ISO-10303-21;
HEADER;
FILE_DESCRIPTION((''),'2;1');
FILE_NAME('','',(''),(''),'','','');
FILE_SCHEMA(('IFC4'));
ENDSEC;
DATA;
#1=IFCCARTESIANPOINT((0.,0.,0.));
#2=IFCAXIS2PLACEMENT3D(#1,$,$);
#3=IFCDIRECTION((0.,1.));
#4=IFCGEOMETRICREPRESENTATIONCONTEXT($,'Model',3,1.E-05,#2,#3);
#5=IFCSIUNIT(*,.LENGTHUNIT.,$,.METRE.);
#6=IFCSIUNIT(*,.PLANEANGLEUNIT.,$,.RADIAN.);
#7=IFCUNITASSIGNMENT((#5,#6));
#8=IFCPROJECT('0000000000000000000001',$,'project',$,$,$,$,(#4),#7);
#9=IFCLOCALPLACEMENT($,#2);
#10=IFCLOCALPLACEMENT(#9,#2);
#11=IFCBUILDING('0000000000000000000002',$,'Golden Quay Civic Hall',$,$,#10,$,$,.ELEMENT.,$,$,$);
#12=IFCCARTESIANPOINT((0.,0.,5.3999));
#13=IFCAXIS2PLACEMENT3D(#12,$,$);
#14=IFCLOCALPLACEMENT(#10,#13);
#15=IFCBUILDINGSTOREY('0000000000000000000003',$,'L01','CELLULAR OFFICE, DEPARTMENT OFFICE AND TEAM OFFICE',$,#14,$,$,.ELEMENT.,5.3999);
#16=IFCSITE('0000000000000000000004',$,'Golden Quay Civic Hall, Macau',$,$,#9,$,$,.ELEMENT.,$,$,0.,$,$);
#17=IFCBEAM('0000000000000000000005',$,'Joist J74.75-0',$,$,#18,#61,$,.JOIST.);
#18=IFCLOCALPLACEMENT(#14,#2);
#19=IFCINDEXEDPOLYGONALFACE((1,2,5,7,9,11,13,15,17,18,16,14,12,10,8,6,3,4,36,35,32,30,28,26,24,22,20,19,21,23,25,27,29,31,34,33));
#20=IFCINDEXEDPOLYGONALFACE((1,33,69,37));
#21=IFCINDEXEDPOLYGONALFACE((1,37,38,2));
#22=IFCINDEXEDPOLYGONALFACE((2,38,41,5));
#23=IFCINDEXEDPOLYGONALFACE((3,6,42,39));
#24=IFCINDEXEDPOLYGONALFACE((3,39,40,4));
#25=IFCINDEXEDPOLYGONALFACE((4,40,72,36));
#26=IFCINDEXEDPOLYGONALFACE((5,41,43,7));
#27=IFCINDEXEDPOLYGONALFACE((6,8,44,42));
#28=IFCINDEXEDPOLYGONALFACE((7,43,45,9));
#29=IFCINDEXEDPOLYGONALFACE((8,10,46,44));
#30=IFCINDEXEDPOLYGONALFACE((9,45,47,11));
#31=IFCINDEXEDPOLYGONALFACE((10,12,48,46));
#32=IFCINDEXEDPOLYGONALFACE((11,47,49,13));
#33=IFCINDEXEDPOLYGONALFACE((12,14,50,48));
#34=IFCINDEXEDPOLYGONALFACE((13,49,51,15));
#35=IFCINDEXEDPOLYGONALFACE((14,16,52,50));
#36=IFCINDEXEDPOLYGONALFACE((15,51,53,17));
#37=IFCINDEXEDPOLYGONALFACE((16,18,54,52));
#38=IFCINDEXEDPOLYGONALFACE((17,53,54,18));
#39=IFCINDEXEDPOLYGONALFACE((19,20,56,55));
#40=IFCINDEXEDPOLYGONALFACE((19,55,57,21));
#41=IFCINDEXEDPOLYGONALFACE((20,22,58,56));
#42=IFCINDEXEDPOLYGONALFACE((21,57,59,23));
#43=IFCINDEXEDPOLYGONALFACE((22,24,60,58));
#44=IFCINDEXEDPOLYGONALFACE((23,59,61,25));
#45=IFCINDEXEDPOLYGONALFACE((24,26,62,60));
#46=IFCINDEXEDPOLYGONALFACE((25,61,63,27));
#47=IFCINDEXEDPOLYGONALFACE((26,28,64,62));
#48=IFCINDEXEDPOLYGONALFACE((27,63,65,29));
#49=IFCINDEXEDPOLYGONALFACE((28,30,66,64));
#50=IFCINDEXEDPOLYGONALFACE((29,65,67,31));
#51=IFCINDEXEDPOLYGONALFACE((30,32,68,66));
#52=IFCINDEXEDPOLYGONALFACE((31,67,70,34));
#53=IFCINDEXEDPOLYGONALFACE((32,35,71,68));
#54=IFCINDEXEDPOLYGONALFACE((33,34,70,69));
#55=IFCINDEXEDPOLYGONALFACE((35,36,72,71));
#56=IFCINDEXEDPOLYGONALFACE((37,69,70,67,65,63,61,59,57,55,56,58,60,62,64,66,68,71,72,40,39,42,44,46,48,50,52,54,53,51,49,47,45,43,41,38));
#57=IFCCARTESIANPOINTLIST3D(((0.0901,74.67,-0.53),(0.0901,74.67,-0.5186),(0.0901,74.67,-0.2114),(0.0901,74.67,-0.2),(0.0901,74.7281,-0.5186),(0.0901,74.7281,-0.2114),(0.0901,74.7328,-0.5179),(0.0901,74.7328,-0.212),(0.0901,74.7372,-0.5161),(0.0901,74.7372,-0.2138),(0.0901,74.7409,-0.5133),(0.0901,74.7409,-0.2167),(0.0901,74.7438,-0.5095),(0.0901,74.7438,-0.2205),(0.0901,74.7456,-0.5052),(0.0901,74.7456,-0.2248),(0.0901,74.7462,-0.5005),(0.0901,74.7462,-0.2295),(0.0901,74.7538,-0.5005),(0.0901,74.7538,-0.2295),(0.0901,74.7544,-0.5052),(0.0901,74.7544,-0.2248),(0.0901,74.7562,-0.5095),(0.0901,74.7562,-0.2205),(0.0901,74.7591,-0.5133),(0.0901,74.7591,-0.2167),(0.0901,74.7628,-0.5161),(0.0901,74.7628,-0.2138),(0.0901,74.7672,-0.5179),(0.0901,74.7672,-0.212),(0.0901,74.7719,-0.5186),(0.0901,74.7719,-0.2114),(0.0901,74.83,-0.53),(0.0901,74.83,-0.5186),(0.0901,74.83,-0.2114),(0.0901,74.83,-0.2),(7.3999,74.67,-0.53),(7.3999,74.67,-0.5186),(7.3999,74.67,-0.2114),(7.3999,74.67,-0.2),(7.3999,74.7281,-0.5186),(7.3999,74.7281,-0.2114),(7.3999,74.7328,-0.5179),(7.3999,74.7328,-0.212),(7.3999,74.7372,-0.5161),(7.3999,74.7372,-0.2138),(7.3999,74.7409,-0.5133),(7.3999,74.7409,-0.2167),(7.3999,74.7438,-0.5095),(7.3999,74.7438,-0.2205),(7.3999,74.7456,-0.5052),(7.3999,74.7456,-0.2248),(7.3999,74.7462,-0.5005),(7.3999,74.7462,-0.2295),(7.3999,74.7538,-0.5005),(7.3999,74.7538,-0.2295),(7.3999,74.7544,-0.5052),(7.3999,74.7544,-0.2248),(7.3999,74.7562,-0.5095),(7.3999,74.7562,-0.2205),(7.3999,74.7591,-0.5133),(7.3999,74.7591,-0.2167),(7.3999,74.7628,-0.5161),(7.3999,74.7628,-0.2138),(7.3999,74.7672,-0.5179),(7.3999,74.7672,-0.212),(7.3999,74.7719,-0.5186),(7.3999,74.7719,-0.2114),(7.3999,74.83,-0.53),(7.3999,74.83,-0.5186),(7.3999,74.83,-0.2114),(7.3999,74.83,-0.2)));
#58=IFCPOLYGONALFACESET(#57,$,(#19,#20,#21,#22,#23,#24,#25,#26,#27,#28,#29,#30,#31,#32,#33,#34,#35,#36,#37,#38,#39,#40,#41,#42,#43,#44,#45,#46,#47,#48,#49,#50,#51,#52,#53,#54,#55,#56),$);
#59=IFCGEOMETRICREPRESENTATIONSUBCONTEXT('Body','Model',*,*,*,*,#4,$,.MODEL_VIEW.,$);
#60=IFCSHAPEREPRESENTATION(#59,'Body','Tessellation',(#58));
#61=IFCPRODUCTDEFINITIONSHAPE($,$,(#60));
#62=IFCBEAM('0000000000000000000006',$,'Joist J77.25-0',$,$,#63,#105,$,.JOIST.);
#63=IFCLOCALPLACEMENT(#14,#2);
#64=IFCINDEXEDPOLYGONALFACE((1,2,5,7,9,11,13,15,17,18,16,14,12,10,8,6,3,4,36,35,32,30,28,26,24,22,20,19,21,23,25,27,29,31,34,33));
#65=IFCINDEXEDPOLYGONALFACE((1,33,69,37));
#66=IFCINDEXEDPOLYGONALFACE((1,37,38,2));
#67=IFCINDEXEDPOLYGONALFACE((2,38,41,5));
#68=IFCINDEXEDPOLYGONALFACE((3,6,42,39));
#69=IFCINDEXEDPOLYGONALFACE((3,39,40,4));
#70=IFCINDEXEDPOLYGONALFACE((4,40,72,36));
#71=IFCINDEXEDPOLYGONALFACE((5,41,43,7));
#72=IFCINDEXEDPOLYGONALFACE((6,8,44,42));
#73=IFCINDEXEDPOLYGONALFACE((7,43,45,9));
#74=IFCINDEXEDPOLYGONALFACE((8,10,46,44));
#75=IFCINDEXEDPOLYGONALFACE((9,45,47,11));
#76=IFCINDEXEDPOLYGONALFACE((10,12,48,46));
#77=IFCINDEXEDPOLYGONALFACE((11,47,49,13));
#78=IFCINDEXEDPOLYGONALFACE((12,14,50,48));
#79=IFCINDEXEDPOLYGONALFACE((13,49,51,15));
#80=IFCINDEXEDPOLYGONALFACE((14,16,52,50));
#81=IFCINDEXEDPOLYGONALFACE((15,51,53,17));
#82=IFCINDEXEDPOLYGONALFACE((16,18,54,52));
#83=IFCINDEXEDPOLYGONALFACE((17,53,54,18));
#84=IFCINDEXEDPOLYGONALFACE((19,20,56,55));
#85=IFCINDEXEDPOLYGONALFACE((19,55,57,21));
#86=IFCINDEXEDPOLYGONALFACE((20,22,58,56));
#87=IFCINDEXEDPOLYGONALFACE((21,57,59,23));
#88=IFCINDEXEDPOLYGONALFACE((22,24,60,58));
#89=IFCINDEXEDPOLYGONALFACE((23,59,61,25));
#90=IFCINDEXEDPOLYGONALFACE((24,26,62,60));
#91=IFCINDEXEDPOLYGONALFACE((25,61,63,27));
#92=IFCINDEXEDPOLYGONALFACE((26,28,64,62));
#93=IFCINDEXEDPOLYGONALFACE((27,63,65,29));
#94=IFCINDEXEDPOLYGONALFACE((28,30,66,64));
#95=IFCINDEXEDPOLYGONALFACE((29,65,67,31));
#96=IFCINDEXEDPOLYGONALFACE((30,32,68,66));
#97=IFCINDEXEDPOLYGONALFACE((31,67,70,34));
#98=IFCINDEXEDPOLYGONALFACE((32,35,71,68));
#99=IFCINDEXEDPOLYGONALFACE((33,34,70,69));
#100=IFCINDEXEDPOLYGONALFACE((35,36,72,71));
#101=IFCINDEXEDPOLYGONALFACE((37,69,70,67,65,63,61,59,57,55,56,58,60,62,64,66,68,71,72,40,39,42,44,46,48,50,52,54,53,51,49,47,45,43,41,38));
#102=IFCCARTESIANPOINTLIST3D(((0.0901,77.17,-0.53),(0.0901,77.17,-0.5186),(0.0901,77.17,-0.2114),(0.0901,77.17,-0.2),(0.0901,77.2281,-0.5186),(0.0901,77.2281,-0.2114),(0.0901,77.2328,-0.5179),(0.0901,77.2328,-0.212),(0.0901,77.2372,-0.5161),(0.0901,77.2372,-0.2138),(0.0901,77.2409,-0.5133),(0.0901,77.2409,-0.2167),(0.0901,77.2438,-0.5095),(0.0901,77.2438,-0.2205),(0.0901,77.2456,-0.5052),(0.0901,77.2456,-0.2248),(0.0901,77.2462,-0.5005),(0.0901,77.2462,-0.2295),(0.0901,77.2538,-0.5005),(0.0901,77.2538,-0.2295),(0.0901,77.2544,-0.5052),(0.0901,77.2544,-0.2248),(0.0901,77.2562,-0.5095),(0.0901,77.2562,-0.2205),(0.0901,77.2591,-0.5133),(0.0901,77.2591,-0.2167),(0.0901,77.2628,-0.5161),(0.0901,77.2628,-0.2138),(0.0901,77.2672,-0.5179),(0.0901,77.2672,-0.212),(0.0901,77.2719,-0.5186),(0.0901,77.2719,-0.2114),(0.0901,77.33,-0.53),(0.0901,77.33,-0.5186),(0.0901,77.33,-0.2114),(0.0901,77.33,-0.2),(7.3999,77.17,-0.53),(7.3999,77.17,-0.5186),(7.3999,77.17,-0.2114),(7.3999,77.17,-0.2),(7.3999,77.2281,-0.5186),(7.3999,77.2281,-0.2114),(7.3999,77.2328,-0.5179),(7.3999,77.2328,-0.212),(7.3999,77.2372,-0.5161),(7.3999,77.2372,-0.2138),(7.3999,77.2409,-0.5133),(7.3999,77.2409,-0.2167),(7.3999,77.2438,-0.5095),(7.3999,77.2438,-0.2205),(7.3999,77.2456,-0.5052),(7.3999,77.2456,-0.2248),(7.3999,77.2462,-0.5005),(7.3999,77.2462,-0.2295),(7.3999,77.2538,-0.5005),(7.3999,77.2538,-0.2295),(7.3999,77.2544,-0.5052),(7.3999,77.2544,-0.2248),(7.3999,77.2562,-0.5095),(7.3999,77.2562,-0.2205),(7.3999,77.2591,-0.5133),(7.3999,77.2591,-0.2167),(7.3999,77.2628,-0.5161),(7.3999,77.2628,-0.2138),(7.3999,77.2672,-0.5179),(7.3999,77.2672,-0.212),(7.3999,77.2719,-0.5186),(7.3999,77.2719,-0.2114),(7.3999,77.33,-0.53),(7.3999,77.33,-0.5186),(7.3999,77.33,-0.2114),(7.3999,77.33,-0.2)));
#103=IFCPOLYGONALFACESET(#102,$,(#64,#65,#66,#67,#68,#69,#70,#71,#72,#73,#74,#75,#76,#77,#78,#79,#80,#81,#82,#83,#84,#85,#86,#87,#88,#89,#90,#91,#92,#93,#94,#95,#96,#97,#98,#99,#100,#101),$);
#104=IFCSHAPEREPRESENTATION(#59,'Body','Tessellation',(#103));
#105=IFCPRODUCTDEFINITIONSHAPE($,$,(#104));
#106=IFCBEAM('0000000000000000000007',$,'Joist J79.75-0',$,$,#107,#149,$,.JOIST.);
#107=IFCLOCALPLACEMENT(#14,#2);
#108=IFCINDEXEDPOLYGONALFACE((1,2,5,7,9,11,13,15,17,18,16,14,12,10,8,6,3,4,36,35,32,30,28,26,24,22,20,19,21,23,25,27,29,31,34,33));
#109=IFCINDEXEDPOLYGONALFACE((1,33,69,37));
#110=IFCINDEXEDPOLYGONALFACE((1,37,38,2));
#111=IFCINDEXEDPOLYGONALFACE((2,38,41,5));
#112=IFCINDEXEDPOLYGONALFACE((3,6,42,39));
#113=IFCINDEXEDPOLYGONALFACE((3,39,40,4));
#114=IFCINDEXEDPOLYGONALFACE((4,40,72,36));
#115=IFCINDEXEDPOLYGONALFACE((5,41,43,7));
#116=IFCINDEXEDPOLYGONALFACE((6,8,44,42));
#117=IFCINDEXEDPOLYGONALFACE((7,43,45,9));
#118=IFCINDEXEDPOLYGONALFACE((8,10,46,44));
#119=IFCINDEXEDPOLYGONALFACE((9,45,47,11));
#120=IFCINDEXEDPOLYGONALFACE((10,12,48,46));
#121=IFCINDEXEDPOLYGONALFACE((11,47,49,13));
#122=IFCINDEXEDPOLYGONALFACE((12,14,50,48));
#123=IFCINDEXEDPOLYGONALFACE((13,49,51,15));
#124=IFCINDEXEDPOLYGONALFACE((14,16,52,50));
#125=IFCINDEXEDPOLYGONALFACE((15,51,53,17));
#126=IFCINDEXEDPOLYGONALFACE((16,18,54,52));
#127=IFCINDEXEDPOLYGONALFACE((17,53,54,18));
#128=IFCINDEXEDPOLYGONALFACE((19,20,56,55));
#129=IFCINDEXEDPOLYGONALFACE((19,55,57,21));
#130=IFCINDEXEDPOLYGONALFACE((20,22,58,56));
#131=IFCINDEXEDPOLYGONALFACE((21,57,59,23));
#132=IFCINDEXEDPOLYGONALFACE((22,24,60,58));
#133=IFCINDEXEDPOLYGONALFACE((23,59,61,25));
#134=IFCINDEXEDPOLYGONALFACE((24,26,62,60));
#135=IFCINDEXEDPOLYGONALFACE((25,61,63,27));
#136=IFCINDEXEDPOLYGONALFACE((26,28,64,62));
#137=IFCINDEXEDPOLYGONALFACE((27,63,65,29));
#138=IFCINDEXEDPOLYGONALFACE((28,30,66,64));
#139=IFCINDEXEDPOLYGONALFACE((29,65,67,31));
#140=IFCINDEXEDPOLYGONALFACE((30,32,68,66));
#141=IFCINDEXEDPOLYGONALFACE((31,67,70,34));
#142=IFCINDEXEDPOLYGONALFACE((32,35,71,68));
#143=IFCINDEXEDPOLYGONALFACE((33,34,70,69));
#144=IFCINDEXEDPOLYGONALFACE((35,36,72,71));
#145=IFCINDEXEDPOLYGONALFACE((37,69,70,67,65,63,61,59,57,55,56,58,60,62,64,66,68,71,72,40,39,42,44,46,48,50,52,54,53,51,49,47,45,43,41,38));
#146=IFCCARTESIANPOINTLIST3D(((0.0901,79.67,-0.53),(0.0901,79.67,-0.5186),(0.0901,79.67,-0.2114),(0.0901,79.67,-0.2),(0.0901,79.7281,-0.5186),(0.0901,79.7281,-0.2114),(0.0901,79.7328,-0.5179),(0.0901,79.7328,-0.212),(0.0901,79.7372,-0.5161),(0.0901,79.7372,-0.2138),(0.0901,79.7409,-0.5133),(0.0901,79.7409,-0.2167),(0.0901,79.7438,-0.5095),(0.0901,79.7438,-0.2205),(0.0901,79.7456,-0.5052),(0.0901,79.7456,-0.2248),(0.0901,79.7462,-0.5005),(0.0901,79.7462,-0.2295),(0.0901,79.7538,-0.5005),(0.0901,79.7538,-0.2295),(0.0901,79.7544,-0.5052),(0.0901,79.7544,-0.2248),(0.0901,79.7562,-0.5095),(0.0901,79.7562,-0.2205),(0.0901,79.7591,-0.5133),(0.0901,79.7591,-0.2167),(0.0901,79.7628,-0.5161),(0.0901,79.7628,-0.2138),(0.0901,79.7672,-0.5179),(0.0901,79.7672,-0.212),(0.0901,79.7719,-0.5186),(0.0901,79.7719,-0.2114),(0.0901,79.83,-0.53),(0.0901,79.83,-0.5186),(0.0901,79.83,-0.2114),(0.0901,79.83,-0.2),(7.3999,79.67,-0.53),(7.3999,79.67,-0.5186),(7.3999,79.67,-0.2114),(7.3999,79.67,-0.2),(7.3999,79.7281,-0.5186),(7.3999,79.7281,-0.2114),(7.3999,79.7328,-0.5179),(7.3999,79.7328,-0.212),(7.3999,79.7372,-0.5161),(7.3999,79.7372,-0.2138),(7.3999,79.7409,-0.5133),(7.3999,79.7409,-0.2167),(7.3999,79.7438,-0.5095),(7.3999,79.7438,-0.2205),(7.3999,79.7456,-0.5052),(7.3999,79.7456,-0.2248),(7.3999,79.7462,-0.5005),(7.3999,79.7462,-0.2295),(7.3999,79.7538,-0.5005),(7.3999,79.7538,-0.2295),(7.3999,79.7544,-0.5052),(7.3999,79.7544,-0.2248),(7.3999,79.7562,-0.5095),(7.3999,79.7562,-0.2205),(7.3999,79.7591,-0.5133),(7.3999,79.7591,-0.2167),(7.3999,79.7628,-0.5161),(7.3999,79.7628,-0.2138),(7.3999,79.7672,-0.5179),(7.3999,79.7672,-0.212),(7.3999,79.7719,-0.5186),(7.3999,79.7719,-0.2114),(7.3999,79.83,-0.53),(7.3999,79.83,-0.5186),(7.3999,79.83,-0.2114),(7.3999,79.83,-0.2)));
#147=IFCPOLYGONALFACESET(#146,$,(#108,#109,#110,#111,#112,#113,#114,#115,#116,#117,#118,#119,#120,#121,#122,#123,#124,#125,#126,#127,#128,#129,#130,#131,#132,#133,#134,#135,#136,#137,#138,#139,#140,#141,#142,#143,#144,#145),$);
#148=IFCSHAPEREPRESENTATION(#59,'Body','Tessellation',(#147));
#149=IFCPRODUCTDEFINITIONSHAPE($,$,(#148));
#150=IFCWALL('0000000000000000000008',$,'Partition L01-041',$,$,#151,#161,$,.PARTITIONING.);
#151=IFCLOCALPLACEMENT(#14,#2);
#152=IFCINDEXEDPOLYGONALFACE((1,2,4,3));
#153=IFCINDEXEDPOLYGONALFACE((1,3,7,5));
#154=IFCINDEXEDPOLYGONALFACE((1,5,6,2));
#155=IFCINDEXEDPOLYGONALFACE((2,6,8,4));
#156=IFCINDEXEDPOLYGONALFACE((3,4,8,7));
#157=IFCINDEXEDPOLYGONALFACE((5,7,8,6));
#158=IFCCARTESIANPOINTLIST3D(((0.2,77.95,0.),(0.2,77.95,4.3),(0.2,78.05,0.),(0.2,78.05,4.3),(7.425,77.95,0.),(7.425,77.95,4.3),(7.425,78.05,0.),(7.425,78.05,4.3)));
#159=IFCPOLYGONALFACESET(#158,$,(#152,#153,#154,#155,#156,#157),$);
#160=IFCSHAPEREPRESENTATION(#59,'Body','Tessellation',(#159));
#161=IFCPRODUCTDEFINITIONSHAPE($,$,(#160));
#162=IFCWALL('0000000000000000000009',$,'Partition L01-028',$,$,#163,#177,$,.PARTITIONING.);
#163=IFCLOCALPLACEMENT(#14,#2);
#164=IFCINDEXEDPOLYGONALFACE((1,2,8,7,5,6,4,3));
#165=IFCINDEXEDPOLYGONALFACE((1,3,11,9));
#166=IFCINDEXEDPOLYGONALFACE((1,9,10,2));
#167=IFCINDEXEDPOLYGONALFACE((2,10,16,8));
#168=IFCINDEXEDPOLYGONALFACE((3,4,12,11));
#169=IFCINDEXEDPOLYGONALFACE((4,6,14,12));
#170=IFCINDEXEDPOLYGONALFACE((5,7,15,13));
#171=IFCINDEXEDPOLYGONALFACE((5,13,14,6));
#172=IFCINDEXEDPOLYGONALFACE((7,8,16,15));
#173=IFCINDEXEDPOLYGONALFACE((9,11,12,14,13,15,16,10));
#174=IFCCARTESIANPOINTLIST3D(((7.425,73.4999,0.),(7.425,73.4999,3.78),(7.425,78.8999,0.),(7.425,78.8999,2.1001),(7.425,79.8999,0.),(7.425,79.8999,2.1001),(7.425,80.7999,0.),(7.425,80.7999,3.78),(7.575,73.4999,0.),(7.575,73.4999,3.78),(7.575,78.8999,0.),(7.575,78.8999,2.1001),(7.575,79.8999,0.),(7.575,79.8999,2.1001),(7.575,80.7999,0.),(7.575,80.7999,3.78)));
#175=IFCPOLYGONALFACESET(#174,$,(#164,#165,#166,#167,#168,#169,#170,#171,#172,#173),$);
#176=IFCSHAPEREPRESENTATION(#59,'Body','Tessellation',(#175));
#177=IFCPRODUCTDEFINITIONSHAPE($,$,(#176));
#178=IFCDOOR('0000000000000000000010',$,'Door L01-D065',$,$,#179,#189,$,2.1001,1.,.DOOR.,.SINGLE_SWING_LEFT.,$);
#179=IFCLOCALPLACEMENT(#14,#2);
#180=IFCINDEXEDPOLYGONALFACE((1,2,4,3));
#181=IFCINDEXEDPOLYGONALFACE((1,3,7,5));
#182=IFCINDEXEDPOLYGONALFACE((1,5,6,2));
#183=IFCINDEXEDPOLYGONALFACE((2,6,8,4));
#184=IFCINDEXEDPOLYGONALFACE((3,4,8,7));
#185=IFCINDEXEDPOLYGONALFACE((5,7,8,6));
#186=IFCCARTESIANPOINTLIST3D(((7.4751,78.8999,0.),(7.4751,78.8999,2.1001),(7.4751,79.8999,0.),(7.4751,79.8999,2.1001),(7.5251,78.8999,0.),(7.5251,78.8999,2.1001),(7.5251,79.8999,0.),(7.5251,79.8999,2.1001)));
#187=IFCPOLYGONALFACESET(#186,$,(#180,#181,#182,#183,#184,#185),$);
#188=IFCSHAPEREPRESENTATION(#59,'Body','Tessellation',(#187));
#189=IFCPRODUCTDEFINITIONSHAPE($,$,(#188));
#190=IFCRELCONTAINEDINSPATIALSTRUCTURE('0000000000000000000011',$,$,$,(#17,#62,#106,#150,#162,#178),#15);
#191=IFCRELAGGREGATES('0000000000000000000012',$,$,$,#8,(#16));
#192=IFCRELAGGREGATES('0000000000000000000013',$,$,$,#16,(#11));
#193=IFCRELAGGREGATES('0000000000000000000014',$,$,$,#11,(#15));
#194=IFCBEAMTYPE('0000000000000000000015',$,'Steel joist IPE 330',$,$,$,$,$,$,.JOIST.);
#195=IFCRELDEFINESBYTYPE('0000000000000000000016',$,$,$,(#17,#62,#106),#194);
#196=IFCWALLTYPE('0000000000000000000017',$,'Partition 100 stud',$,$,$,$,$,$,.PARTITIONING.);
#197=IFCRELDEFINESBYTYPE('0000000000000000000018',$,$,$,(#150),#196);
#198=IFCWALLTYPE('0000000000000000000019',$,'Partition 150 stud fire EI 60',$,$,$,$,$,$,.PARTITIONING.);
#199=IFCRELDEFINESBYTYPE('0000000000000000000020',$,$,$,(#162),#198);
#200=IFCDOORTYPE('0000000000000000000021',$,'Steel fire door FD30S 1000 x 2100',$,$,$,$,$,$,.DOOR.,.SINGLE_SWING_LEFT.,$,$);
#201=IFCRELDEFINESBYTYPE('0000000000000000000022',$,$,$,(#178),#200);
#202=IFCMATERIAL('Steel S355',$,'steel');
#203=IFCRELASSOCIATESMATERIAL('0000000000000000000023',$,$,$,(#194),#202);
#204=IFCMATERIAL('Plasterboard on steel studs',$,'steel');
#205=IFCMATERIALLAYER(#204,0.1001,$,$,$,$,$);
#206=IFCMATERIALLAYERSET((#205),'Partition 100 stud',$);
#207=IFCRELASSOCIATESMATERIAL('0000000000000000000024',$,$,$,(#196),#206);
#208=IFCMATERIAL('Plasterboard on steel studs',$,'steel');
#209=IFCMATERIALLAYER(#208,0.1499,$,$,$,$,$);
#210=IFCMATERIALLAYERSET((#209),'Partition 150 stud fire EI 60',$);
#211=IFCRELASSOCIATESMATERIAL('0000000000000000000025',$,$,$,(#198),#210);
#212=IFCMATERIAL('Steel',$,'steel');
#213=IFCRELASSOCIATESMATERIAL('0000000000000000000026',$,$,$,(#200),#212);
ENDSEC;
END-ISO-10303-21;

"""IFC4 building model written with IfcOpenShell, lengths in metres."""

from ifc_helpers import new_model, si_unit, direction, frame, frame_2d, origin, origin_2d, place, context, subcontext, project, spatial, rectangle, i_section, extrude, material, layer, layer_set, material_profile, profile_set, type_object, element, fill, save


model = new_model("IFC4")

# Units and contexts
model_context = context("Model", 3, precision=1e-05, world=origin(), true_north=direction((0.0, 1.0)))
body_context = subcontext(model_context, "Body", "Model", "MODEL_VIEW")
ifc_project = project(units=[si_unit("LENGTHUNIT", "METRE"), si_unit("PLANEANGLEUNIT", "RADIAN")], contexts=[model_context])

# Site, building, storey
site_placement = place(None, origin())
site = spatial("IfcSite", under=ifc_project, at=site_placement, Name="Golden Quay Civic Hall, Macau", CompositionType="ELEMENT", RefElevation=0.0)
building_placement = place(site_placement, origin())
building = spatial("IfcBuilding", under=site, at=building_placement, Name="Golden Quay Civic Hall", CompositionType="ELEMENT")
storey_placement = place(building_placement, frame((0.0, 0.0, 5.3999)))
storey = spatial("IfcBuildingStorey", under=building, at=storey_placement, Name="L01", Description="CELLULAR OFFICE, DEPARTMENT OFFICE AND TEAM OFFICE", CompositionType="ELEMENT", Elevation=5.3999)

# Beams
ifc_material_1 = material(Name="Steel S355", Category="steel")
ifc_material_profile_1 = material_profile(ifc_material_1, i_section(OverallWidth=0.1599, OverallDepth=0.3301, WebThickness=0.0076, FlangeThickness=0.0115, FilletRadius=0.0181, at=origin_2d()), Name="IPE 330")
ifc_profile_set_1 = profile_set([ifc_material_profile_1], Name="Steel S355")
beam_type_1 = type_object("IfcBeamType", Name="Steel joist IPE 330", PredefinedType="JOIST", material=ifc_profile_set_1)
for number, where, z_axis, x_axis, name in (
    (1, (0.0901, 74.75, -0.365), (1.0, 0.0, 0.0), (0.0, 1.0, 0.0), "Joist J74.75-0"),
    (2, (0.0901, 77.25, -0.365), (1.0, 0.0, 0.0), (0.0, 1.0, 0.0), "Joist J77.25-0"),
    (3, (0.0901, 79.75, -0.365), (1.0, 0.0, 0.0), (0.0, 1.0, 0.0), "Joist J79.75-0"),
):
    element("IfcBeam", number, at=place(storey_placement, frame(where, z_axis=z_axis, x_axis=x_axis)), inside=storey, type_object=beam_type_1, Name=name, PredefinedType="JOIST", context=body_context, shape_type="SweptSolid", body=[
        extrude(i_section(OverallWidth=0.1599, OverallDepth=0.3301, WebThickness=0.0076, FlangeThickness=0.0115, FilletRadius=0.0181, at=origin_2d()), origin(), (0.0, 0.0, 1.0), 7.3098),
    ])

# Wall
ifc_material_2 = material(Name="Plasterboard on steel studs", Category="steel")
ifc_layer_1 = layer(ifc_material_2, 0.1001)
ifc_layer_set_1 = layer_set([ifc_layer_1], Name="Partition 100 stud")
wall_type_1 = type_object("IfcWallType", Name="Partition 100 stud", PredefinedType="PARTITIONING", material=ifc_layer_set_1)
wall_1_placement = place(storey_placement, frame((0.2, 78.0, 0.0), z_axis=(0.0, 0.0, 1.0), x_axis=(1.0, 0.0, 0.0)))
element("IfcWall", 4, at=wall_1_placement, inside=storey, type_object=wall_type_1, Name="Partition L01-041", PredefinedType="PARTITIONING", context=body_context, shape_type="SweptSolid", body=[
    extrude(rectangle(XDim=7.2251, YDim=0.1001, at=frame_2d((3.6125, 0.0))), origin(), (0.0, 0.0, 1.0), 4.3),
])

# Wall, opening, door
ifc_material_3 = material(Name="Plasterboard on steel studs", Category="steel")
ifc_layer_2 = layer(ifc_material_3, 0.1499)
ifc_layer_set_2 = layer_set([ifc_layer_2], Name="Partition 150 stud fire EI 60")
wall_type_2 = type_object("IfcWallType", Name="Partition 150 stud fire EI 60", PredefinedType="PARTITIONING", material=ifc_layer_set_2)
wall_2_placement = place(storey_placement, frame((7.5, 73.5, 0.0), z_axis=(0.0, 0.0, 1.0), x_axis=(0.0, 1.0, 0.0)))
wall_2 = element("IfcWall", 5, at=wall_2_placement, inside=storey, type_object=wall_type_2, Name="Partition L01-028", PredefinedType="PARTITIONING", context=body_context, shape_type="SweptSolid", body=[
    extrude(rectangle(XDim=7.3, YDim=0.1499, at=frame_2d((3.6499, 0.0))), origin(), (0.0, 0.0, 1.0), 3.78),
])
opening_1_placement = place(wall_2_placement, frame((5.3999, 0.0, 0.0)))
opening_1 = element("IfcOpeningElement", 6, at=opening_1_placement, cuts=wall_2, PredefinedType="OPENING", context=body_context, shape_type="SweptSolid", body=[
    extrude(rectangle(XDim=1.0, YDim=2.1001, at=frame_2d((0.5, 1.05))), frame((0.0, 0.085, 0.0), z_axis=(0.0, -1.0, 0.0), x_axis=(1.0, 0.0, 0.0)), (0.0, 0.0, 1.0), 0.1699),
])
ifc_material_4 = material(Name="Steel", Category="steel")
door_type = type_object("IfcDoorType", Name="Steel fire door FD30S 1000 x 2100", OperationType="SINGLE_SWING_LEFT", PredefinedType="DOOR", material=ifc_material_4)
door_1_placement = place(opening_1_placement, origin())
door_1 = element("IfcDoor", 7, at=door_1_placement, inside=storey, type_object=door_type, Name="Door L01-D065", OperationType="SINGLE_SWING_LEFT", OverallHeight=2.1001, OverallWidth=1.0, PredefinedType="DOOR", context=body_context, shape_type="SweptSolid", body=[
    extrude(rectangle(XDim=1.0, YDim=2.1001, at=frame_2d((0.5, 1.05))), frame((0.0, 0.0249, 0.0), z_axis=(0.0, -1.0, 0.0), x_axis=(1.0, 0.0, 0.0)), (0.0, 0.0, 1.0), 0.05),
])
fill(opening_1, door_1)

save(model, "model.ifc")
